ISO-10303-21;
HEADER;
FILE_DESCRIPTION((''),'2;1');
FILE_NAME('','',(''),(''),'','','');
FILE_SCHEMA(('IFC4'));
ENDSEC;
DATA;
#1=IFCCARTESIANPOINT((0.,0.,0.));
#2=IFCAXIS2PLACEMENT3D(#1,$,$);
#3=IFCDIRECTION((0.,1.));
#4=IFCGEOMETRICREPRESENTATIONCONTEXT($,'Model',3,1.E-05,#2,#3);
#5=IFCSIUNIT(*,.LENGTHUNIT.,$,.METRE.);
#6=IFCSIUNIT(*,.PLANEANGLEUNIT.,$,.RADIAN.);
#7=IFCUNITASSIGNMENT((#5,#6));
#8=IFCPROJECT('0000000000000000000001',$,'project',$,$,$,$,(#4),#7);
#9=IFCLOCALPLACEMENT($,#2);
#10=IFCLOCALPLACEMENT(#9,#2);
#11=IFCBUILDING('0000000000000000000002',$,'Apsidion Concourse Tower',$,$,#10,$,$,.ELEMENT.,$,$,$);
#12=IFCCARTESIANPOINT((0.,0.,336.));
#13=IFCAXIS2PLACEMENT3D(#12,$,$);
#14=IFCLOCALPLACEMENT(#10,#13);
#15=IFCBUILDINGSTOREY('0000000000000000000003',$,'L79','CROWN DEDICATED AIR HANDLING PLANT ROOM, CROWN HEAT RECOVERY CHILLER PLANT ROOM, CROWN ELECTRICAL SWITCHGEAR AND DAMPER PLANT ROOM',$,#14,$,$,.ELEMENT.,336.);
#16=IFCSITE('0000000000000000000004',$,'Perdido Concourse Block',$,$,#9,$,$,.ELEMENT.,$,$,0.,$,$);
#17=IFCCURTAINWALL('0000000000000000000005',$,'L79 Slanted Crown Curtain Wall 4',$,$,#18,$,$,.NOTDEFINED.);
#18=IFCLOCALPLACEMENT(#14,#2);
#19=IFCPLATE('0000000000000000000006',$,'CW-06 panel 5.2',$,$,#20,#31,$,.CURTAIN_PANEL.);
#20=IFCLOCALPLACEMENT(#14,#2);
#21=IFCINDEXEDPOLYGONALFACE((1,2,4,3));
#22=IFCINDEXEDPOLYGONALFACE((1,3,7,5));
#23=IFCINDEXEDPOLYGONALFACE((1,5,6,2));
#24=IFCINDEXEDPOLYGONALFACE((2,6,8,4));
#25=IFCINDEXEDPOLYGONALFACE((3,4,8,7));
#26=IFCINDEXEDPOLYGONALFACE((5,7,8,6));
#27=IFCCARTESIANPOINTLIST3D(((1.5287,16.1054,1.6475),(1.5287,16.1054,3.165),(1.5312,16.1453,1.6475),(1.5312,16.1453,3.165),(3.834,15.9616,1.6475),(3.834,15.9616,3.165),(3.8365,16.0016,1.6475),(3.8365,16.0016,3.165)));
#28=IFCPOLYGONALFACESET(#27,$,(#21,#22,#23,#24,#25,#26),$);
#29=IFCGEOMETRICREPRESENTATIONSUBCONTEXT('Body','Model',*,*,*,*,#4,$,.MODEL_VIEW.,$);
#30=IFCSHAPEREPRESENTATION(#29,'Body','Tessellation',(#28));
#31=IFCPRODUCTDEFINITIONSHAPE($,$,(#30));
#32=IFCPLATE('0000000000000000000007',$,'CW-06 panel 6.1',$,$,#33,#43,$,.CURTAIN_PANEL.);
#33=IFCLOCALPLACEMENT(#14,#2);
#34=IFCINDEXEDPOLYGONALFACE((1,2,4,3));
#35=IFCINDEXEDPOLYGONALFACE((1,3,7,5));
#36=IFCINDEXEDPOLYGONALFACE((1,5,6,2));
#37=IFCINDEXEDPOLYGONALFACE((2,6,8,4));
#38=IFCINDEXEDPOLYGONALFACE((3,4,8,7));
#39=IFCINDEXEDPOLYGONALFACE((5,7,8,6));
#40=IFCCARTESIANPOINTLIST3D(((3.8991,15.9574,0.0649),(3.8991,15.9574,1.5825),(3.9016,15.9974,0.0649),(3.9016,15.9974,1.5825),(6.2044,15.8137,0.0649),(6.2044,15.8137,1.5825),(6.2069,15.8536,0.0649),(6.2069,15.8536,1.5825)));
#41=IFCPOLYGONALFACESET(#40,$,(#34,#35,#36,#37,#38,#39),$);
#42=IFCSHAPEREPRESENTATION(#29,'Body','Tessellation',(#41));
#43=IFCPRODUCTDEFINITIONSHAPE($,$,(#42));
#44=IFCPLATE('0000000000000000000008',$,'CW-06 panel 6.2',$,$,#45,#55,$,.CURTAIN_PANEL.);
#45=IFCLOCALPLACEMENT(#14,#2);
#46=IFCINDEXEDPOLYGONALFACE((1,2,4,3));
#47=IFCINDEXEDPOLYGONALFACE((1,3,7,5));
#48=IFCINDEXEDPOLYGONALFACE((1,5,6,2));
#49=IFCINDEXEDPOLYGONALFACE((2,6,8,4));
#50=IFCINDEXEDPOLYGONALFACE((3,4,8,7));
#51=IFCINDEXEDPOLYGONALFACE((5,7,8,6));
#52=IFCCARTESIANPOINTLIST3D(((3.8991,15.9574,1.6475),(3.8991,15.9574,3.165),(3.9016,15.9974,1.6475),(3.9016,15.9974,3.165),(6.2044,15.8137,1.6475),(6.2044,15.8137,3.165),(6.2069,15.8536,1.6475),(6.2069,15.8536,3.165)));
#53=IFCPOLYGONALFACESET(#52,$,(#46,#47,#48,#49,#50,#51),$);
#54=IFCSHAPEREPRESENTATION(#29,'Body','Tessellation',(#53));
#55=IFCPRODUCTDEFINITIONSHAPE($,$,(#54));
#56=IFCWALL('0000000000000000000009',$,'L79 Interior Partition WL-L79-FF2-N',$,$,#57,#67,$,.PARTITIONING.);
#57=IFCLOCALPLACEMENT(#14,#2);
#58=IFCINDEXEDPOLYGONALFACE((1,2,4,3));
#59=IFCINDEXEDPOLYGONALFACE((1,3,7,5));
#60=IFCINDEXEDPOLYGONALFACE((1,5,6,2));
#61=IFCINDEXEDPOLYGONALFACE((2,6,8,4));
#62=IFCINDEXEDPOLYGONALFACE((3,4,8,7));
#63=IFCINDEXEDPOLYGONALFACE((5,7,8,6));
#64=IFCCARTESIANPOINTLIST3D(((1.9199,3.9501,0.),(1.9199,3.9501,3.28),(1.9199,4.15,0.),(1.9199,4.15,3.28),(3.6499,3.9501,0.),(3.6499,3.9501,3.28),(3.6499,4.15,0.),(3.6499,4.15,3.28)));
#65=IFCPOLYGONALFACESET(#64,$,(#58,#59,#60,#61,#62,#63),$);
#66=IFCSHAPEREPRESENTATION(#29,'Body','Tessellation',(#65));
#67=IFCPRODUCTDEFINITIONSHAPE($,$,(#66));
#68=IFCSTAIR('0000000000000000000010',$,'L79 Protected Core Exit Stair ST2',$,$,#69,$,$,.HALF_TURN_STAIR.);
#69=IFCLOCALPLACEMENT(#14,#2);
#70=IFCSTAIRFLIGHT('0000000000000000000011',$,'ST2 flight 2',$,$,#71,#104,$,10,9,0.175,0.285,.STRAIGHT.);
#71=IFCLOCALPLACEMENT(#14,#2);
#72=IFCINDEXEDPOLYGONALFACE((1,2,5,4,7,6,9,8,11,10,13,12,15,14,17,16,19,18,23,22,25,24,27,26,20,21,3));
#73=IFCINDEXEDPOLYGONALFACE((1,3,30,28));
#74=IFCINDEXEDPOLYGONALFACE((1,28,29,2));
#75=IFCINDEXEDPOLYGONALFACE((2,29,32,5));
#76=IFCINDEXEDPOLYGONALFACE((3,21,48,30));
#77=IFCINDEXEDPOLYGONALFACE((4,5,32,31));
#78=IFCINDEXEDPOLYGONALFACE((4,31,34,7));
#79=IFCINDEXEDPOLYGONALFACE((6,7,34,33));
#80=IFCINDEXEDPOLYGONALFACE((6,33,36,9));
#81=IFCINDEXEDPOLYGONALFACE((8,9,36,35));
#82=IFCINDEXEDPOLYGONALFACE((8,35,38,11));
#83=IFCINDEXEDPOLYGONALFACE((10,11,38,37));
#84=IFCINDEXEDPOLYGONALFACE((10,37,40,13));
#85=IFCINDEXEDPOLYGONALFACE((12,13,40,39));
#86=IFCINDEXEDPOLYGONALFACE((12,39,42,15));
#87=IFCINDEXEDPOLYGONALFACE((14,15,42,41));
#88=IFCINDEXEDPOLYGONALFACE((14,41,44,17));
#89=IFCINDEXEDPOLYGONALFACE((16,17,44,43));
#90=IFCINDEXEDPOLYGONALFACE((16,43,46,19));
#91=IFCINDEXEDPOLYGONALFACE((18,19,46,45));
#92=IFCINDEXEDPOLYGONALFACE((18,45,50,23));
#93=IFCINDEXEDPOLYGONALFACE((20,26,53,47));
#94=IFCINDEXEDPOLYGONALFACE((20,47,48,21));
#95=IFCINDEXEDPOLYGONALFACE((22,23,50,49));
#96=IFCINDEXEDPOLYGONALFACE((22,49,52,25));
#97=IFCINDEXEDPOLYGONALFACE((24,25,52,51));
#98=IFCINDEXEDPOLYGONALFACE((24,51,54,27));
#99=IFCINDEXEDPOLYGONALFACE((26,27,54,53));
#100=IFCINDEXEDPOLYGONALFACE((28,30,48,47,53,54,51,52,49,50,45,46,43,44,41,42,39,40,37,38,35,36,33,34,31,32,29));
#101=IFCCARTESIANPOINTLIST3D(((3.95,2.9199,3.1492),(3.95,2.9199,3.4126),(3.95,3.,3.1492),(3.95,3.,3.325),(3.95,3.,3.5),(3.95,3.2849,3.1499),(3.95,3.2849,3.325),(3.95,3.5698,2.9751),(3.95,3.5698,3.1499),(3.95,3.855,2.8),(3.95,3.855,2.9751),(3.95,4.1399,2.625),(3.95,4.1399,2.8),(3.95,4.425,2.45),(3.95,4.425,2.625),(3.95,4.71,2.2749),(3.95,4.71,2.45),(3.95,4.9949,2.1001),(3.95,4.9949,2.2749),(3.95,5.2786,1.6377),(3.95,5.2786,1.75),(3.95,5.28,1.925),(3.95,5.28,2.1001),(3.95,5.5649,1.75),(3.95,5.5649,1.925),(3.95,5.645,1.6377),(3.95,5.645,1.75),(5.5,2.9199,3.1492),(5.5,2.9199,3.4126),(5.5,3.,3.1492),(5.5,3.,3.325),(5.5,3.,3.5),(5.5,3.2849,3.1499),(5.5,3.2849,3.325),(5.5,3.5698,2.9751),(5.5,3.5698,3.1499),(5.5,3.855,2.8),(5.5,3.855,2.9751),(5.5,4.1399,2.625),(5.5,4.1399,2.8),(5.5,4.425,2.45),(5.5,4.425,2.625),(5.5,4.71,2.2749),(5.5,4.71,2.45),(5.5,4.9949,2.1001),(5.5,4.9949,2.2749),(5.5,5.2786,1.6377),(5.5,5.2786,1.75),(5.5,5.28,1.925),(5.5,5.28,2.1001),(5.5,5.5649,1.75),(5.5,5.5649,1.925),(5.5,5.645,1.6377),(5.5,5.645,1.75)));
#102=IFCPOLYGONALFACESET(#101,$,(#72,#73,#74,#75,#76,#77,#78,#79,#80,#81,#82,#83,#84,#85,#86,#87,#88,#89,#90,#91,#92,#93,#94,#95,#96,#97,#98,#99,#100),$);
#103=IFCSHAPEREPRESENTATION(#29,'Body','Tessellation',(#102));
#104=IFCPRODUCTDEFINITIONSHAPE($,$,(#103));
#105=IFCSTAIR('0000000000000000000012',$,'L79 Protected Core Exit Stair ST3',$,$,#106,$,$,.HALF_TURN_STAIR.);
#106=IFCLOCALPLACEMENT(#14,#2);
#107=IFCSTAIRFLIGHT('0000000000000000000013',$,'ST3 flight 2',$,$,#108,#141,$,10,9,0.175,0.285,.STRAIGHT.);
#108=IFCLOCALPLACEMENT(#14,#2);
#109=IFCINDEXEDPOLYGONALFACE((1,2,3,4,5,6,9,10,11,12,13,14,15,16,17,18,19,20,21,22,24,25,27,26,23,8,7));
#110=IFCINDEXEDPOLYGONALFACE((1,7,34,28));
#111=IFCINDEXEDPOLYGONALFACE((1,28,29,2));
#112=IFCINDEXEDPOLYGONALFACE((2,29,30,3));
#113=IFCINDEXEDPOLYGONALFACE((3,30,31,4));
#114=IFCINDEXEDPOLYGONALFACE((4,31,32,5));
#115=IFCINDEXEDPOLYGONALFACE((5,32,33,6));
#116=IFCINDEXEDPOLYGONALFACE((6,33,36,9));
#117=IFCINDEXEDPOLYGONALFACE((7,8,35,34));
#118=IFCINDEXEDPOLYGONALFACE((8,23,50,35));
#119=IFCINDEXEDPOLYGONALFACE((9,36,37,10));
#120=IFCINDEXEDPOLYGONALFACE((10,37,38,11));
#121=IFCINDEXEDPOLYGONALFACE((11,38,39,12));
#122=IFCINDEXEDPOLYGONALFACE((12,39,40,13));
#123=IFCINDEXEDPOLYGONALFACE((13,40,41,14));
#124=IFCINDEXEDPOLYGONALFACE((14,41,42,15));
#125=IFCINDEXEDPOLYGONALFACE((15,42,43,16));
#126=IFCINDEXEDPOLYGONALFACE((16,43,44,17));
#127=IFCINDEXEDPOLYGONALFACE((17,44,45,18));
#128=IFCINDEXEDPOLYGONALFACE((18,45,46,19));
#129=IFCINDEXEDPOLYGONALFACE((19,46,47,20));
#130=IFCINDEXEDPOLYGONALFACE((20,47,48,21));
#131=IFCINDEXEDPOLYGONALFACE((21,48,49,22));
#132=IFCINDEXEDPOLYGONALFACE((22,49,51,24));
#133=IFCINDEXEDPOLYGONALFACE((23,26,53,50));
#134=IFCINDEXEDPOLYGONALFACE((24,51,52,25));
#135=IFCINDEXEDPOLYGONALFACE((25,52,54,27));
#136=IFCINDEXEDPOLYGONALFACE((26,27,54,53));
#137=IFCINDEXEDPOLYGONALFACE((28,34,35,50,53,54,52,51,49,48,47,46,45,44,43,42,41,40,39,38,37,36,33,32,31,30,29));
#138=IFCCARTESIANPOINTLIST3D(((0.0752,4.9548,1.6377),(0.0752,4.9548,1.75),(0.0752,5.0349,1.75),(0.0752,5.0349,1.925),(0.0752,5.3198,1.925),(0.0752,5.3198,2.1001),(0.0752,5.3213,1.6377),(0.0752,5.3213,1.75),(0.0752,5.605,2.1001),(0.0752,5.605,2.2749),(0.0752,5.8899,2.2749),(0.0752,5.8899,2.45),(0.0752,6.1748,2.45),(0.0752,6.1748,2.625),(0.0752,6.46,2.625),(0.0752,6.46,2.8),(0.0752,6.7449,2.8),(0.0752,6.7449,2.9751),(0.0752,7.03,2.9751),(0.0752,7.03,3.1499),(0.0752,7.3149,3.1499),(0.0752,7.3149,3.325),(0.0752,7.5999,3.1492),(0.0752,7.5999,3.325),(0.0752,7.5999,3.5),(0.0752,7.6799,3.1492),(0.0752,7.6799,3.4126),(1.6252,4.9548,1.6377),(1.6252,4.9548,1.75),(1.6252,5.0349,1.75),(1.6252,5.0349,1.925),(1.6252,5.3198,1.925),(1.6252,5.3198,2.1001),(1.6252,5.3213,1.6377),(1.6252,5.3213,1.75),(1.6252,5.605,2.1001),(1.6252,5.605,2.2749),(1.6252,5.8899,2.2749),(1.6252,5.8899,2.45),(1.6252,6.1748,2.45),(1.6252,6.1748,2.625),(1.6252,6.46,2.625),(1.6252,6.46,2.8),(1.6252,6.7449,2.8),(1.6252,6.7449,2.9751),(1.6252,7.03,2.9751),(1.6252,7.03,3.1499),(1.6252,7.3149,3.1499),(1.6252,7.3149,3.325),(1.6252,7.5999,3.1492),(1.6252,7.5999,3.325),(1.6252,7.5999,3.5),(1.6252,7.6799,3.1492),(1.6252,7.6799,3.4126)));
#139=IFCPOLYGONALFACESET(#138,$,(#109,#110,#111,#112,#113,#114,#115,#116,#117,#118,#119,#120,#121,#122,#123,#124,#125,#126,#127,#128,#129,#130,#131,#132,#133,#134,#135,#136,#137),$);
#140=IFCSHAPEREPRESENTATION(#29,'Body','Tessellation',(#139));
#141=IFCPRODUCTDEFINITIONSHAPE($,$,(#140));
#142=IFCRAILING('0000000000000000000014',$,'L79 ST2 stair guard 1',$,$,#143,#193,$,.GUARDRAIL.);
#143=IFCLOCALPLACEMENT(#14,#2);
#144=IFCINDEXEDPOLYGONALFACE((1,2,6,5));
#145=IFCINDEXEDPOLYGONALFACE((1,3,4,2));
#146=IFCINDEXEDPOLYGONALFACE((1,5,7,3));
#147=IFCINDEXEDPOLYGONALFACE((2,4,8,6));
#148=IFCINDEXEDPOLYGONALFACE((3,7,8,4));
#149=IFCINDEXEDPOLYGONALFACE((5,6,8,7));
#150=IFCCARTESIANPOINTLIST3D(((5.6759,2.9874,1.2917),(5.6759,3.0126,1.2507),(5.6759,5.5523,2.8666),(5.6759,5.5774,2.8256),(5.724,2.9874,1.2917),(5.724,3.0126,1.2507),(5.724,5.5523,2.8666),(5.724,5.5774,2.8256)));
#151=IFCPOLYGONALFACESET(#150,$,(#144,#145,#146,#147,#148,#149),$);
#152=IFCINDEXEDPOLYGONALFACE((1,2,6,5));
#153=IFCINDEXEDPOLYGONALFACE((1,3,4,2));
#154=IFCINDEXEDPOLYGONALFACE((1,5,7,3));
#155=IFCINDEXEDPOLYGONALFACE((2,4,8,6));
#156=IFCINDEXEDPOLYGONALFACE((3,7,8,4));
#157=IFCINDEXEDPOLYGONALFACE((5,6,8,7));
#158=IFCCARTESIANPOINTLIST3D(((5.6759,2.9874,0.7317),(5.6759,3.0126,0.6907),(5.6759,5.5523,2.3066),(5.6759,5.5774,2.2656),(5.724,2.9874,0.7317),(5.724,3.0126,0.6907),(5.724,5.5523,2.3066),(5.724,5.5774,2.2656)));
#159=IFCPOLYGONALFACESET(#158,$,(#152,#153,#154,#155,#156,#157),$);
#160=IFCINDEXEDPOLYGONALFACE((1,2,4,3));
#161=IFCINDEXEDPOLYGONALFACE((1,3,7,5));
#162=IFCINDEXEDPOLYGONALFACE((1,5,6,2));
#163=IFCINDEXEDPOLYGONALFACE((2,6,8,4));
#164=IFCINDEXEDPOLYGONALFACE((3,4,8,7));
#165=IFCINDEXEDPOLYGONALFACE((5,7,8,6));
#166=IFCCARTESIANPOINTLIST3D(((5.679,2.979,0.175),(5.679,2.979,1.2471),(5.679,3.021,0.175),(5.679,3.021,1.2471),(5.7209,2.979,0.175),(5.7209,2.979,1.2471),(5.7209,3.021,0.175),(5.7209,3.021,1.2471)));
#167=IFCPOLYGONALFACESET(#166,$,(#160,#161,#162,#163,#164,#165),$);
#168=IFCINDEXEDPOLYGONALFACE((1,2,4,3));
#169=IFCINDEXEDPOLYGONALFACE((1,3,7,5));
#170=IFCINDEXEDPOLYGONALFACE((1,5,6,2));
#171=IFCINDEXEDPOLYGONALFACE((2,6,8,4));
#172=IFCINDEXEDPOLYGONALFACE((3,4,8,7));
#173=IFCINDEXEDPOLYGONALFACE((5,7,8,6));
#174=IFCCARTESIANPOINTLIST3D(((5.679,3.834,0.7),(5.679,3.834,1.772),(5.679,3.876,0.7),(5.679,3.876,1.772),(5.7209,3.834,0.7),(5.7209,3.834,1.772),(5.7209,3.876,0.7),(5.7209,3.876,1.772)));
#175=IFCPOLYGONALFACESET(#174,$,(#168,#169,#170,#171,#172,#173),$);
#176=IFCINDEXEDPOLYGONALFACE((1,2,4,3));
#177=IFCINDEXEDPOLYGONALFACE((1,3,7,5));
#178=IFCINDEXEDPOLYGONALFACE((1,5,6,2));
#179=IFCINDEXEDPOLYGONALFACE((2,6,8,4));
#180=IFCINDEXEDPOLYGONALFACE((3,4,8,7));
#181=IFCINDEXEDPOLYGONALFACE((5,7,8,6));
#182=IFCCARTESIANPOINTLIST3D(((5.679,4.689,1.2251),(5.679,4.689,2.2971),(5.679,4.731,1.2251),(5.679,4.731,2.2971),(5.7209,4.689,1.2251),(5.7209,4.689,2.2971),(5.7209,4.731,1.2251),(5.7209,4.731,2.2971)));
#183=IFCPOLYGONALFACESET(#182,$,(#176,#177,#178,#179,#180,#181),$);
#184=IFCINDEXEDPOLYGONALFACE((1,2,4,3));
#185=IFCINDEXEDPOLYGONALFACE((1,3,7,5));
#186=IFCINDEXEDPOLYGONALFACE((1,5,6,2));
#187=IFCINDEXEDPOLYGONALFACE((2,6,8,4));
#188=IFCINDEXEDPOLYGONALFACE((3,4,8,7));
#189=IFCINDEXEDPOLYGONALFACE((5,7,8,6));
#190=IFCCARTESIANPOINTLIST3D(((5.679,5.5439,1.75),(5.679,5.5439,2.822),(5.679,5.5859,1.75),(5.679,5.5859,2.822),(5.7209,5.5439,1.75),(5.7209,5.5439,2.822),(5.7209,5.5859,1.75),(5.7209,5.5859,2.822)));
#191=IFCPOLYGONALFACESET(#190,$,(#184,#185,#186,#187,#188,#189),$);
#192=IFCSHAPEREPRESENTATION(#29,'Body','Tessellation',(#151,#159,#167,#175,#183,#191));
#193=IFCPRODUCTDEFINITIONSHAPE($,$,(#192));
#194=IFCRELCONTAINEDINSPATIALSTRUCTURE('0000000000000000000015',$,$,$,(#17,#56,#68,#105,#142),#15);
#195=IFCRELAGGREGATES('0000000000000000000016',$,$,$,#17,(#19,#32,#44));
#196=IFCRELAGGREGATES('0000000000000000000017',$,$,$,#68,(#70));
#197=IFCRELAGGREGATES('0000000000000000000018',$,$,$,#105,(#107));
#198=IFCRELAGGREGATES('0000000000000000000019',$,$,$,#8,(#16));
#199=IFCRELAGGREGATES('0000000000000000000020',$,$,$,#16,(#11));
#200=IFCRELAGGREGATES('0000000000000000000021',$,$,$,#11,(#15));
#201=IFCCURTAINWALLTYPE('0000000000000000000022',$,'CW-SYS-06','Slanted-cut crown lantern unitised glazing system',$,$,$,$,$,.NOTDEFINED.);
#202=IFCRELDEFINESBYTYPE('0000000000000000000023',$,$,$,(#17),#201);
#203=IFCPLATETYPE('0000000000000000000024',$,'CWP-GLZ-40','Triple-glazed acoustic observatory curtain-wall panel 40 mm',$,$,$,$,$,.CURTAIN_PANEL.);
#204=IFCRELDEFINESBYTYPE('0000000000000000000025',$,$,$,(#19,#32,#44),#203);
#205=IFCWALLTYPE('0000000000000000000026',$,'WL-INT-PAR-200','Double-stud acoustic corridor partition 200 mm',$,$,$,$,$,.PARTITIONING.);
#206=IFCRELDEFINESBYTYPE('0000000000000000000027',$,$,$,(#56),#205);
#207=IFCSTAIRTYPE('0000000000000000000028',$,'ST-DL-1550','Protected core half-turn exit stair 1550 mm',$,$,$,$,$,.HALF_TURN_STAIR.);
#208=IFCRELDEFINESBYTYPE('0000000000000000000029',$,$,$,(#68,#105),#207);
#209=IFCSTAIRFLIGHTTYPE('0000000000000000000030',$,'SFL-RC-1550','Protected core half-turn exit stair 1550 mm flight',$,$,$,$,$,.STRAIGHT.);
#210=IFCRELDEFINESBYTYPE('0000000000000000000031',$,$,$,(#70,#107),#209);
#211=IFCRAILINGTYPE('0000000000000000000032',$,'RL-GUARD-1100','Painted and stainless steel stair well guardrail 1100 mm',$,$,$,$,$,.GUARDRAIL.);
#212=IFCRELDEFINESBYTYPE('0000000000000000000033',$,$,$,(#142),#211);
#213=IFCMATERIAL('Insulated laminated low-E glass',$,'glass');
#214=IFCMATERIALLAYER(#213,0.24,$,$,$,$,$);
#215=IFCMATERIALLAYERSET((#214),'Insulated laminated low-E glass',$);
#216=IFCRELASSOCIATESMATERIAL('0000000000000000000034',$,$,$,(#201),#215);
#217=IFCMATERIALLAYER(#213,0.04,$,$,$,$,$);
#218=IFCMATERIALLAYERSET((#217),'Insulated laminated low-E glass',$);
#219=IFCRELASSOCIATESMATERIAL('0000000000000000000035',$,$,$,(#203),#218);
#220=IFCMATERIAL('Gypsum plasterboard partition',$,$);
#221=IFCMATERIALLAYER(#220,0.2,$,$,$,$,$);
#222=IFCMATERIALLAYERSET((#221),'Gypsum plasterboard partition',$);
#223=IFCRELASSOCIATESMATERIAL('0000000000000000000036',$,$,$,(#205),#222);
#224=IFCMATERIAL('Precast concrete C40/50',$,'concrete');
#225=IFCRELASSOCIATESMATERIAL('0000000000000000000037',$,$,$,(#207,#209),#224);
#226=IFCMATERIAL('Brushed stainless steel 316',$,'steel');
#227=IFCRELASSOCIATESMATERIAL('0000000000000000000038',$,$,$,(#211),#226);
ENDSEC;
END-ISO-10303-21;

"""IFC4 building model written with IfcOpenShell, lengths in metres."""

from ifc_helpers import new_model, si_unit, direction, frame, frame_2d, origin, origin_2d, place, context, subcontext, project, spatial, polyline, rectangle, outline, extrude, material, layer, layer_set, type_object, element, aggregate, save


model = new_model("IFC4")

# Units and contexts
model_context = context("Model", 3, precision=1e-05, world=origin(), true_north=direction((0.0, 1.0)))
body_context = subcontext(model_context, "Body", "Model", "MODEL_VIEW")
ifc_project = project(units=[si_unit("LENGTHUNIT", "METRE"), si_unit("PLANEANGLEUNIT", "RADIAN")], contexts=[model_context])

# Site, building, storey
site_placement = place(None, origin())
site = spatial("IfcSite", under=ifc_project, at=site_placement, Name="Perdido Concourse Block", CompositionType="ELEMENT", RefElevation=0.0)
building_placement = place(site_placement, origin())
building = spatial("IfcBuilding", under=site, at=building_placement, Name="Apsidion Concourse Tower", CompositionType="ELEMENT")
storey_placement = place(building_placement, frame((0.0, 0.0, 336.0)))
storey = spatial("IfcBuildingStorey", under=building, at=storey_placement, Name="L79", Description="CROWN DEDICATED AIR HANDLING PLANT ROOM, CROWN HEAT RECOVERY CHILLER PLANT ROOM, CROWN ELECTRICAL SWITCHGEAR AND DAMPER PLANT ROOM", CompositionType="ELEMENT", Elevation=336.0)

# Curtain wall, plates
ifc_material_1 = material(Name="Insulated laminated low-E glass", Category="glass")
ifc_layer_1 = layer(ifc_material_1, 0.24)
ifc_layer_set_1 = layer_set([ifc_layer_1], Name="Insulated laminated low-E glass")
curtain_wall_type = type_object("IfcCurtainWallType", Name="CW-SYS-06", Description="Slanted-cut crown lantern unitised glazing system", PredefinedType="NOTDEFINED", material=ifc_layer_set_1)
curtain_wall_placement = place(storey_placement, origin())
curtain_wall = element("IfcCurtainWall", 1, at=curtain_wall_placement, inside=storey, type_object=curtain_wall_type, Name="L79 Slanted Crown Curtain Wall 4", PredefinedType="NOTDEFINED")
ifc_layer_2 = layer(ifc_material_1, 0.04)
ifc_layer_set_2 = layer_set([ifc_layer_2], Name="Insulated laminated low-E glass")
plate_type = type_object("IfcPlateType", Name="CWP-GLZ-40", Description="Triple-glazed acoustic observatory curtain-wall panel 40 mm", PredefinedType="CURTAIN_PANEL", material=ifc_layer_set_2)
plate_1_placement = place(storey_placement, frame((2.6826, 16.0535, 1.6475), z_axis=(0.0, 0.0, 1.0), x_axis=(0.998061, -0.062245, 0.0)))
plate_1 = element("IfcPlate", 2, at=plate_1_placement, type_object=plate_type, Name="CW-06 panel 5.2", PredefinedType="CURTAIN_PANEL", context=body_context, shape_type="SweptSolid", body=[
    extrude(rectangle(XDim=2.3098, YDim=0.04, at=origin_2d()), origin(), (0.0, 0.0, 1.0), 1.5176),
])
plate_2_placement = place(storey_placement, frame((5.053, 15.9055, 0.0649), z_axis=(0.0, 0.0, 1.0), x_axis=(0.998061, -0.062245, 0.0)))
plate_2 = element("IfcPlate", 3, at=plate_2_placement, type_object=plate_type, Name="CW-06 panel 6.1", PredefinedType="CURTAIN_PANEL", context=body_context, shape_type="SweptSolid", body=[
    extrude(rectangle(XDim=2.3098, YDim=0.04, at=origin_2d()), origin(), (0.0, 0.0, 1.0), 1.5176),
])
plate_3_placement = place(storey_placement, frame((5.053, 15.9055, 1.6475), z_axis=(0.0, 0.0, 1.0), x_axis=(0.998061, -0.062245, 0.0)))
plate_3 = element("IfcPlate", 4, at=plate_3_placement, type_object=plate_type, Name="CW-06 panel 6.2", PredefinedType="CURTAIN_PANEL", context=body_context, shape_type="SweptSolid", body=[
    extrude(rectangle(XDim=2.3098, YDim=0.04, at=origin_2d()), origin(), (0.0, 0.0, 1.0), 1.5176),
])
aggregate(curtain_wall, [plate_1, plate_2, plate_3])

# Wall
ifc_material_2 = material(Name="Gypsum plasterboard partition")
ifc_layer_3 = layer(ifc_material_2, 0.2)
ifc_layer_set_3 = layer_set([ifc_layer_3], Name="Gypsum plasterboard partition")
wall_type = type_object("IfcWallType", Name="WL-INT-PAR-200", Description="Double-stud acoustic corridor partition 200 mm", PredefinedType="PARTITIONING", material=ifc_layer_set_3)
wall_placement = place(storey_placement, frame((1.9199, 4.05, 0.0), z_axis=(0.0, 0.0, 1.0), x_axis=(1.0, 0.0, 0.0)))
element("IfcWall", 5, at=wall_placement, inside=storey, type_object=wall_type, Name="L79 Interior Partition WL-L79-FF2-N", PredefinedType="PARTITIONING", context=body_context, shape_type="SweptSolid", body=[
    extrude(rectangle(XDim=1.73, YDim=0.2, at=frame_2d((0.865, 0.0))), origin(), (0.0, 0.0, 1.0), 3.28),
])

# Stairs, stair flights
ifc_material_3 = material(Name="Precast concrete C40/50", Category="concrete")
stair_type = type_object("IfcStairType", Name="ST-DL-1550", Description="Protected core half-turn exit stair 1550 mm", PredefinedType="HALF_TURN_STAIR", material=ifc_material_3)
stair_1_placement = place(storey_placement, origin())
stair_1 = element("IfcStair", 6, at=stair_1_placement, inside=storey, type_object=stair_type, Name="L79 Protected Core Exit Stair ST2", PredefinedType="HALF_TURN_STAIR")
stair_flight_type = type_object("IfcStairFlightType", Name="SFL-RC-1550", Description="Protected core half-turn exit stair 1550 mm flight", PredefinedType="STRAIGHT", material=ifc_material_3)
stair_flight_1_placement = place(storey_placement, frame((4.7251, 5.5649, 1.75), z_axis=(0.0, 0.0, 1.0), x_axis=(0.0, -1.0, 0.0)))
stair_flight_1 = element("IfcStairFlight", 7, at=stair_flight_1_placement, type_object=stair_flight_type, Name="ST2 flight 2", NumberOfRisers=10, NumberOfTreads=9, PredefinedType="STRAIGHT", RiserHeight=0.175, TreadLength=0.285, context=body_context, shape_type="SweptSolid", body=[
    extrude(outline(polyline([(-0.0801, -0.1123), (-0.0801, 0.0), (0.0, 0.0), (0.0, 0.175), (0.2849, 0.175), (0.2849, 0.3501), (0.5701, 0.3501), (0.5701, 0.5249), (0.855, 0.5249), (0.855, 0.7), (1.1399, 0.7), (1.1399, 0.875), (1.425, 0.875), (1.425, 1.05), (1.71, 1.05), (1.71, 1.2251), (1.9951, 1.2251), (1.9951, 1.3999), (2.28, 1.3999), (2.28, 1.575), (2.5649, 1.575), (2.5649, 1.75), (2.645, 1.6626), (2.645, 1.3992), (2.5649, 1.3992), (0.2864, 0.0), (0.2864, -0.1123), (-0.0801, -0.1123)])), frame((0.0, 0.7749, 0.0), z_axis=(0.0, -1.0, 0.0), x_axis=(1.0, 0.0, 0.0)), (0.0, 0.0, 1.0), 1.55),
])
aggregate(stair_1, [stair_flight_1])
stair_2_placement = place(storey_placement, origin())
stair_2 = element("IfcStair", 8, at=stair_2_placement, inside=storey, type_object=stair_type, Name="L79 Protected Core Exit Stair ST3", PredefinedType="HALF_TURN_STAIR")
stair_flight_2_placement = place(storey_placement, frame((0.8501, 5.0349, 1.75), z_axis=(0.0, 0.0, 1.0), x_axis=(0.0, 1.0, 0.0)))
stair_flight_2 = element("IfcStairFlight", 9, at=stair_flight_2_placement, type_object=stair_flight_type, Name="ST3 flight 2", NumberOfRisers=10, NumberOfTreads=9, PredefinedType="STRAIGHT", RiserHeight=0.175, TreadLength=0.285, context=body_context, shape_type="SweptSolid", body=[
    extrude(outline(polyline([(-0.0801, -0.1123), (-0.0801, 0.0), (0.0, 0.0), (0.0, 0.175), (0.2849, 0.175), (0.2849, 0.3501), (0.5701, 0.3501), (0.5701, 0.5249), (0.855, 0.5249), (0.855, 0.7), (1.1399, 0.7), (1.1399, 0.875), (1.425, 0.875), (1.425, 1.05), (1.71, 1.05), (1.71, 1.2251), (1.9951, 1.2251), (1.9951, 1.3999), (2.28, 1.3999), (2.28, 1.575), (2.5649, 1.575), (2.5649, 1.75), (2.645, 1.6626), (2.645, 1.3992), (2.5649, 1.3992), (0.2864, 0.0), (0.2864, -0.1123), (-0.0801, -0.1123)])), frame((0.0, 0.7749, 0.0), z_axis=(0.0, -1.0, 0.0), x_axis=(1.0, 0.0, 0.0)), (0.0, 0.0, 1.0), 1.55),
])
aggregate(stair_2, [stair_flight_2])

# Railing
ifc_material_4 = material(Name="Brushed stainless steel 316", Category="steel")
railing_type_1 = type_object("IfcRailingType", Name="RL-GUARD-1100", Description="Painted and stainless steel stair well guardrail 1100 mm", PredefinedType="GUARDRAIL", material=ifc_material_4)
railing_1_placement = place(storey_placement, frame((5.7, 3.0, 0.175)))
element("IfcRailing", 10, at=railing_1_placement, inside=storey, type_object=railing_type_1, Name="L79 ST2 stair guard 1", PredefinedType="GUARDRAIL", context=body_context, shape_type="SweptSolid", body=[
    extrude(rectangle(XDim=0.0481, YDim=0.0481, at=origin_2d()), frame((0.0, 0.0, 1.0962), z_axis=(0.0, 0.852173, 0.52326), x_axis=(-1.0, 0.0, 0.0)), (0.0, 0.0, 1.0), 3.0098),
    extrude(rectangle(XDim=0.0481, YDim=0.0481, at=origin_2d()), frame((0.0, 0.0, 0.5361), z_axis=(0.0, 0.852173, 0.52326), x_axis=(-1.0, 0.0, 0.0)), (0.0, 0.0, 1.0), 3.0098),
    extrude(rectangle(XDim=0.042, YDim=0.042, at=origin_2d()), origin(), (0.0, 0.0, 1.0), 1.072),
    extrude(rectangle(XDim=0.042, YDim=0.042, at=origin_2d()), frame((0.0, 0.855, 0.5249)), (0.0, 0.0, 1.0), 1.072),
    extrude(rectangle(XDim=0.042, YDim=0.042, at=origin_2d()), frame((0.0, 1.71, 1.05)), (0.0, 0.0, 1.0), 1.072),
    extrude(rectangle(XDim=0.042, YDim=0.042, at=origin_2d()), frame((0.0, 2.5649, 1.575)), (0.0, 0.0, 1.0), 1.072),
])

save(model, "model.ifc")
